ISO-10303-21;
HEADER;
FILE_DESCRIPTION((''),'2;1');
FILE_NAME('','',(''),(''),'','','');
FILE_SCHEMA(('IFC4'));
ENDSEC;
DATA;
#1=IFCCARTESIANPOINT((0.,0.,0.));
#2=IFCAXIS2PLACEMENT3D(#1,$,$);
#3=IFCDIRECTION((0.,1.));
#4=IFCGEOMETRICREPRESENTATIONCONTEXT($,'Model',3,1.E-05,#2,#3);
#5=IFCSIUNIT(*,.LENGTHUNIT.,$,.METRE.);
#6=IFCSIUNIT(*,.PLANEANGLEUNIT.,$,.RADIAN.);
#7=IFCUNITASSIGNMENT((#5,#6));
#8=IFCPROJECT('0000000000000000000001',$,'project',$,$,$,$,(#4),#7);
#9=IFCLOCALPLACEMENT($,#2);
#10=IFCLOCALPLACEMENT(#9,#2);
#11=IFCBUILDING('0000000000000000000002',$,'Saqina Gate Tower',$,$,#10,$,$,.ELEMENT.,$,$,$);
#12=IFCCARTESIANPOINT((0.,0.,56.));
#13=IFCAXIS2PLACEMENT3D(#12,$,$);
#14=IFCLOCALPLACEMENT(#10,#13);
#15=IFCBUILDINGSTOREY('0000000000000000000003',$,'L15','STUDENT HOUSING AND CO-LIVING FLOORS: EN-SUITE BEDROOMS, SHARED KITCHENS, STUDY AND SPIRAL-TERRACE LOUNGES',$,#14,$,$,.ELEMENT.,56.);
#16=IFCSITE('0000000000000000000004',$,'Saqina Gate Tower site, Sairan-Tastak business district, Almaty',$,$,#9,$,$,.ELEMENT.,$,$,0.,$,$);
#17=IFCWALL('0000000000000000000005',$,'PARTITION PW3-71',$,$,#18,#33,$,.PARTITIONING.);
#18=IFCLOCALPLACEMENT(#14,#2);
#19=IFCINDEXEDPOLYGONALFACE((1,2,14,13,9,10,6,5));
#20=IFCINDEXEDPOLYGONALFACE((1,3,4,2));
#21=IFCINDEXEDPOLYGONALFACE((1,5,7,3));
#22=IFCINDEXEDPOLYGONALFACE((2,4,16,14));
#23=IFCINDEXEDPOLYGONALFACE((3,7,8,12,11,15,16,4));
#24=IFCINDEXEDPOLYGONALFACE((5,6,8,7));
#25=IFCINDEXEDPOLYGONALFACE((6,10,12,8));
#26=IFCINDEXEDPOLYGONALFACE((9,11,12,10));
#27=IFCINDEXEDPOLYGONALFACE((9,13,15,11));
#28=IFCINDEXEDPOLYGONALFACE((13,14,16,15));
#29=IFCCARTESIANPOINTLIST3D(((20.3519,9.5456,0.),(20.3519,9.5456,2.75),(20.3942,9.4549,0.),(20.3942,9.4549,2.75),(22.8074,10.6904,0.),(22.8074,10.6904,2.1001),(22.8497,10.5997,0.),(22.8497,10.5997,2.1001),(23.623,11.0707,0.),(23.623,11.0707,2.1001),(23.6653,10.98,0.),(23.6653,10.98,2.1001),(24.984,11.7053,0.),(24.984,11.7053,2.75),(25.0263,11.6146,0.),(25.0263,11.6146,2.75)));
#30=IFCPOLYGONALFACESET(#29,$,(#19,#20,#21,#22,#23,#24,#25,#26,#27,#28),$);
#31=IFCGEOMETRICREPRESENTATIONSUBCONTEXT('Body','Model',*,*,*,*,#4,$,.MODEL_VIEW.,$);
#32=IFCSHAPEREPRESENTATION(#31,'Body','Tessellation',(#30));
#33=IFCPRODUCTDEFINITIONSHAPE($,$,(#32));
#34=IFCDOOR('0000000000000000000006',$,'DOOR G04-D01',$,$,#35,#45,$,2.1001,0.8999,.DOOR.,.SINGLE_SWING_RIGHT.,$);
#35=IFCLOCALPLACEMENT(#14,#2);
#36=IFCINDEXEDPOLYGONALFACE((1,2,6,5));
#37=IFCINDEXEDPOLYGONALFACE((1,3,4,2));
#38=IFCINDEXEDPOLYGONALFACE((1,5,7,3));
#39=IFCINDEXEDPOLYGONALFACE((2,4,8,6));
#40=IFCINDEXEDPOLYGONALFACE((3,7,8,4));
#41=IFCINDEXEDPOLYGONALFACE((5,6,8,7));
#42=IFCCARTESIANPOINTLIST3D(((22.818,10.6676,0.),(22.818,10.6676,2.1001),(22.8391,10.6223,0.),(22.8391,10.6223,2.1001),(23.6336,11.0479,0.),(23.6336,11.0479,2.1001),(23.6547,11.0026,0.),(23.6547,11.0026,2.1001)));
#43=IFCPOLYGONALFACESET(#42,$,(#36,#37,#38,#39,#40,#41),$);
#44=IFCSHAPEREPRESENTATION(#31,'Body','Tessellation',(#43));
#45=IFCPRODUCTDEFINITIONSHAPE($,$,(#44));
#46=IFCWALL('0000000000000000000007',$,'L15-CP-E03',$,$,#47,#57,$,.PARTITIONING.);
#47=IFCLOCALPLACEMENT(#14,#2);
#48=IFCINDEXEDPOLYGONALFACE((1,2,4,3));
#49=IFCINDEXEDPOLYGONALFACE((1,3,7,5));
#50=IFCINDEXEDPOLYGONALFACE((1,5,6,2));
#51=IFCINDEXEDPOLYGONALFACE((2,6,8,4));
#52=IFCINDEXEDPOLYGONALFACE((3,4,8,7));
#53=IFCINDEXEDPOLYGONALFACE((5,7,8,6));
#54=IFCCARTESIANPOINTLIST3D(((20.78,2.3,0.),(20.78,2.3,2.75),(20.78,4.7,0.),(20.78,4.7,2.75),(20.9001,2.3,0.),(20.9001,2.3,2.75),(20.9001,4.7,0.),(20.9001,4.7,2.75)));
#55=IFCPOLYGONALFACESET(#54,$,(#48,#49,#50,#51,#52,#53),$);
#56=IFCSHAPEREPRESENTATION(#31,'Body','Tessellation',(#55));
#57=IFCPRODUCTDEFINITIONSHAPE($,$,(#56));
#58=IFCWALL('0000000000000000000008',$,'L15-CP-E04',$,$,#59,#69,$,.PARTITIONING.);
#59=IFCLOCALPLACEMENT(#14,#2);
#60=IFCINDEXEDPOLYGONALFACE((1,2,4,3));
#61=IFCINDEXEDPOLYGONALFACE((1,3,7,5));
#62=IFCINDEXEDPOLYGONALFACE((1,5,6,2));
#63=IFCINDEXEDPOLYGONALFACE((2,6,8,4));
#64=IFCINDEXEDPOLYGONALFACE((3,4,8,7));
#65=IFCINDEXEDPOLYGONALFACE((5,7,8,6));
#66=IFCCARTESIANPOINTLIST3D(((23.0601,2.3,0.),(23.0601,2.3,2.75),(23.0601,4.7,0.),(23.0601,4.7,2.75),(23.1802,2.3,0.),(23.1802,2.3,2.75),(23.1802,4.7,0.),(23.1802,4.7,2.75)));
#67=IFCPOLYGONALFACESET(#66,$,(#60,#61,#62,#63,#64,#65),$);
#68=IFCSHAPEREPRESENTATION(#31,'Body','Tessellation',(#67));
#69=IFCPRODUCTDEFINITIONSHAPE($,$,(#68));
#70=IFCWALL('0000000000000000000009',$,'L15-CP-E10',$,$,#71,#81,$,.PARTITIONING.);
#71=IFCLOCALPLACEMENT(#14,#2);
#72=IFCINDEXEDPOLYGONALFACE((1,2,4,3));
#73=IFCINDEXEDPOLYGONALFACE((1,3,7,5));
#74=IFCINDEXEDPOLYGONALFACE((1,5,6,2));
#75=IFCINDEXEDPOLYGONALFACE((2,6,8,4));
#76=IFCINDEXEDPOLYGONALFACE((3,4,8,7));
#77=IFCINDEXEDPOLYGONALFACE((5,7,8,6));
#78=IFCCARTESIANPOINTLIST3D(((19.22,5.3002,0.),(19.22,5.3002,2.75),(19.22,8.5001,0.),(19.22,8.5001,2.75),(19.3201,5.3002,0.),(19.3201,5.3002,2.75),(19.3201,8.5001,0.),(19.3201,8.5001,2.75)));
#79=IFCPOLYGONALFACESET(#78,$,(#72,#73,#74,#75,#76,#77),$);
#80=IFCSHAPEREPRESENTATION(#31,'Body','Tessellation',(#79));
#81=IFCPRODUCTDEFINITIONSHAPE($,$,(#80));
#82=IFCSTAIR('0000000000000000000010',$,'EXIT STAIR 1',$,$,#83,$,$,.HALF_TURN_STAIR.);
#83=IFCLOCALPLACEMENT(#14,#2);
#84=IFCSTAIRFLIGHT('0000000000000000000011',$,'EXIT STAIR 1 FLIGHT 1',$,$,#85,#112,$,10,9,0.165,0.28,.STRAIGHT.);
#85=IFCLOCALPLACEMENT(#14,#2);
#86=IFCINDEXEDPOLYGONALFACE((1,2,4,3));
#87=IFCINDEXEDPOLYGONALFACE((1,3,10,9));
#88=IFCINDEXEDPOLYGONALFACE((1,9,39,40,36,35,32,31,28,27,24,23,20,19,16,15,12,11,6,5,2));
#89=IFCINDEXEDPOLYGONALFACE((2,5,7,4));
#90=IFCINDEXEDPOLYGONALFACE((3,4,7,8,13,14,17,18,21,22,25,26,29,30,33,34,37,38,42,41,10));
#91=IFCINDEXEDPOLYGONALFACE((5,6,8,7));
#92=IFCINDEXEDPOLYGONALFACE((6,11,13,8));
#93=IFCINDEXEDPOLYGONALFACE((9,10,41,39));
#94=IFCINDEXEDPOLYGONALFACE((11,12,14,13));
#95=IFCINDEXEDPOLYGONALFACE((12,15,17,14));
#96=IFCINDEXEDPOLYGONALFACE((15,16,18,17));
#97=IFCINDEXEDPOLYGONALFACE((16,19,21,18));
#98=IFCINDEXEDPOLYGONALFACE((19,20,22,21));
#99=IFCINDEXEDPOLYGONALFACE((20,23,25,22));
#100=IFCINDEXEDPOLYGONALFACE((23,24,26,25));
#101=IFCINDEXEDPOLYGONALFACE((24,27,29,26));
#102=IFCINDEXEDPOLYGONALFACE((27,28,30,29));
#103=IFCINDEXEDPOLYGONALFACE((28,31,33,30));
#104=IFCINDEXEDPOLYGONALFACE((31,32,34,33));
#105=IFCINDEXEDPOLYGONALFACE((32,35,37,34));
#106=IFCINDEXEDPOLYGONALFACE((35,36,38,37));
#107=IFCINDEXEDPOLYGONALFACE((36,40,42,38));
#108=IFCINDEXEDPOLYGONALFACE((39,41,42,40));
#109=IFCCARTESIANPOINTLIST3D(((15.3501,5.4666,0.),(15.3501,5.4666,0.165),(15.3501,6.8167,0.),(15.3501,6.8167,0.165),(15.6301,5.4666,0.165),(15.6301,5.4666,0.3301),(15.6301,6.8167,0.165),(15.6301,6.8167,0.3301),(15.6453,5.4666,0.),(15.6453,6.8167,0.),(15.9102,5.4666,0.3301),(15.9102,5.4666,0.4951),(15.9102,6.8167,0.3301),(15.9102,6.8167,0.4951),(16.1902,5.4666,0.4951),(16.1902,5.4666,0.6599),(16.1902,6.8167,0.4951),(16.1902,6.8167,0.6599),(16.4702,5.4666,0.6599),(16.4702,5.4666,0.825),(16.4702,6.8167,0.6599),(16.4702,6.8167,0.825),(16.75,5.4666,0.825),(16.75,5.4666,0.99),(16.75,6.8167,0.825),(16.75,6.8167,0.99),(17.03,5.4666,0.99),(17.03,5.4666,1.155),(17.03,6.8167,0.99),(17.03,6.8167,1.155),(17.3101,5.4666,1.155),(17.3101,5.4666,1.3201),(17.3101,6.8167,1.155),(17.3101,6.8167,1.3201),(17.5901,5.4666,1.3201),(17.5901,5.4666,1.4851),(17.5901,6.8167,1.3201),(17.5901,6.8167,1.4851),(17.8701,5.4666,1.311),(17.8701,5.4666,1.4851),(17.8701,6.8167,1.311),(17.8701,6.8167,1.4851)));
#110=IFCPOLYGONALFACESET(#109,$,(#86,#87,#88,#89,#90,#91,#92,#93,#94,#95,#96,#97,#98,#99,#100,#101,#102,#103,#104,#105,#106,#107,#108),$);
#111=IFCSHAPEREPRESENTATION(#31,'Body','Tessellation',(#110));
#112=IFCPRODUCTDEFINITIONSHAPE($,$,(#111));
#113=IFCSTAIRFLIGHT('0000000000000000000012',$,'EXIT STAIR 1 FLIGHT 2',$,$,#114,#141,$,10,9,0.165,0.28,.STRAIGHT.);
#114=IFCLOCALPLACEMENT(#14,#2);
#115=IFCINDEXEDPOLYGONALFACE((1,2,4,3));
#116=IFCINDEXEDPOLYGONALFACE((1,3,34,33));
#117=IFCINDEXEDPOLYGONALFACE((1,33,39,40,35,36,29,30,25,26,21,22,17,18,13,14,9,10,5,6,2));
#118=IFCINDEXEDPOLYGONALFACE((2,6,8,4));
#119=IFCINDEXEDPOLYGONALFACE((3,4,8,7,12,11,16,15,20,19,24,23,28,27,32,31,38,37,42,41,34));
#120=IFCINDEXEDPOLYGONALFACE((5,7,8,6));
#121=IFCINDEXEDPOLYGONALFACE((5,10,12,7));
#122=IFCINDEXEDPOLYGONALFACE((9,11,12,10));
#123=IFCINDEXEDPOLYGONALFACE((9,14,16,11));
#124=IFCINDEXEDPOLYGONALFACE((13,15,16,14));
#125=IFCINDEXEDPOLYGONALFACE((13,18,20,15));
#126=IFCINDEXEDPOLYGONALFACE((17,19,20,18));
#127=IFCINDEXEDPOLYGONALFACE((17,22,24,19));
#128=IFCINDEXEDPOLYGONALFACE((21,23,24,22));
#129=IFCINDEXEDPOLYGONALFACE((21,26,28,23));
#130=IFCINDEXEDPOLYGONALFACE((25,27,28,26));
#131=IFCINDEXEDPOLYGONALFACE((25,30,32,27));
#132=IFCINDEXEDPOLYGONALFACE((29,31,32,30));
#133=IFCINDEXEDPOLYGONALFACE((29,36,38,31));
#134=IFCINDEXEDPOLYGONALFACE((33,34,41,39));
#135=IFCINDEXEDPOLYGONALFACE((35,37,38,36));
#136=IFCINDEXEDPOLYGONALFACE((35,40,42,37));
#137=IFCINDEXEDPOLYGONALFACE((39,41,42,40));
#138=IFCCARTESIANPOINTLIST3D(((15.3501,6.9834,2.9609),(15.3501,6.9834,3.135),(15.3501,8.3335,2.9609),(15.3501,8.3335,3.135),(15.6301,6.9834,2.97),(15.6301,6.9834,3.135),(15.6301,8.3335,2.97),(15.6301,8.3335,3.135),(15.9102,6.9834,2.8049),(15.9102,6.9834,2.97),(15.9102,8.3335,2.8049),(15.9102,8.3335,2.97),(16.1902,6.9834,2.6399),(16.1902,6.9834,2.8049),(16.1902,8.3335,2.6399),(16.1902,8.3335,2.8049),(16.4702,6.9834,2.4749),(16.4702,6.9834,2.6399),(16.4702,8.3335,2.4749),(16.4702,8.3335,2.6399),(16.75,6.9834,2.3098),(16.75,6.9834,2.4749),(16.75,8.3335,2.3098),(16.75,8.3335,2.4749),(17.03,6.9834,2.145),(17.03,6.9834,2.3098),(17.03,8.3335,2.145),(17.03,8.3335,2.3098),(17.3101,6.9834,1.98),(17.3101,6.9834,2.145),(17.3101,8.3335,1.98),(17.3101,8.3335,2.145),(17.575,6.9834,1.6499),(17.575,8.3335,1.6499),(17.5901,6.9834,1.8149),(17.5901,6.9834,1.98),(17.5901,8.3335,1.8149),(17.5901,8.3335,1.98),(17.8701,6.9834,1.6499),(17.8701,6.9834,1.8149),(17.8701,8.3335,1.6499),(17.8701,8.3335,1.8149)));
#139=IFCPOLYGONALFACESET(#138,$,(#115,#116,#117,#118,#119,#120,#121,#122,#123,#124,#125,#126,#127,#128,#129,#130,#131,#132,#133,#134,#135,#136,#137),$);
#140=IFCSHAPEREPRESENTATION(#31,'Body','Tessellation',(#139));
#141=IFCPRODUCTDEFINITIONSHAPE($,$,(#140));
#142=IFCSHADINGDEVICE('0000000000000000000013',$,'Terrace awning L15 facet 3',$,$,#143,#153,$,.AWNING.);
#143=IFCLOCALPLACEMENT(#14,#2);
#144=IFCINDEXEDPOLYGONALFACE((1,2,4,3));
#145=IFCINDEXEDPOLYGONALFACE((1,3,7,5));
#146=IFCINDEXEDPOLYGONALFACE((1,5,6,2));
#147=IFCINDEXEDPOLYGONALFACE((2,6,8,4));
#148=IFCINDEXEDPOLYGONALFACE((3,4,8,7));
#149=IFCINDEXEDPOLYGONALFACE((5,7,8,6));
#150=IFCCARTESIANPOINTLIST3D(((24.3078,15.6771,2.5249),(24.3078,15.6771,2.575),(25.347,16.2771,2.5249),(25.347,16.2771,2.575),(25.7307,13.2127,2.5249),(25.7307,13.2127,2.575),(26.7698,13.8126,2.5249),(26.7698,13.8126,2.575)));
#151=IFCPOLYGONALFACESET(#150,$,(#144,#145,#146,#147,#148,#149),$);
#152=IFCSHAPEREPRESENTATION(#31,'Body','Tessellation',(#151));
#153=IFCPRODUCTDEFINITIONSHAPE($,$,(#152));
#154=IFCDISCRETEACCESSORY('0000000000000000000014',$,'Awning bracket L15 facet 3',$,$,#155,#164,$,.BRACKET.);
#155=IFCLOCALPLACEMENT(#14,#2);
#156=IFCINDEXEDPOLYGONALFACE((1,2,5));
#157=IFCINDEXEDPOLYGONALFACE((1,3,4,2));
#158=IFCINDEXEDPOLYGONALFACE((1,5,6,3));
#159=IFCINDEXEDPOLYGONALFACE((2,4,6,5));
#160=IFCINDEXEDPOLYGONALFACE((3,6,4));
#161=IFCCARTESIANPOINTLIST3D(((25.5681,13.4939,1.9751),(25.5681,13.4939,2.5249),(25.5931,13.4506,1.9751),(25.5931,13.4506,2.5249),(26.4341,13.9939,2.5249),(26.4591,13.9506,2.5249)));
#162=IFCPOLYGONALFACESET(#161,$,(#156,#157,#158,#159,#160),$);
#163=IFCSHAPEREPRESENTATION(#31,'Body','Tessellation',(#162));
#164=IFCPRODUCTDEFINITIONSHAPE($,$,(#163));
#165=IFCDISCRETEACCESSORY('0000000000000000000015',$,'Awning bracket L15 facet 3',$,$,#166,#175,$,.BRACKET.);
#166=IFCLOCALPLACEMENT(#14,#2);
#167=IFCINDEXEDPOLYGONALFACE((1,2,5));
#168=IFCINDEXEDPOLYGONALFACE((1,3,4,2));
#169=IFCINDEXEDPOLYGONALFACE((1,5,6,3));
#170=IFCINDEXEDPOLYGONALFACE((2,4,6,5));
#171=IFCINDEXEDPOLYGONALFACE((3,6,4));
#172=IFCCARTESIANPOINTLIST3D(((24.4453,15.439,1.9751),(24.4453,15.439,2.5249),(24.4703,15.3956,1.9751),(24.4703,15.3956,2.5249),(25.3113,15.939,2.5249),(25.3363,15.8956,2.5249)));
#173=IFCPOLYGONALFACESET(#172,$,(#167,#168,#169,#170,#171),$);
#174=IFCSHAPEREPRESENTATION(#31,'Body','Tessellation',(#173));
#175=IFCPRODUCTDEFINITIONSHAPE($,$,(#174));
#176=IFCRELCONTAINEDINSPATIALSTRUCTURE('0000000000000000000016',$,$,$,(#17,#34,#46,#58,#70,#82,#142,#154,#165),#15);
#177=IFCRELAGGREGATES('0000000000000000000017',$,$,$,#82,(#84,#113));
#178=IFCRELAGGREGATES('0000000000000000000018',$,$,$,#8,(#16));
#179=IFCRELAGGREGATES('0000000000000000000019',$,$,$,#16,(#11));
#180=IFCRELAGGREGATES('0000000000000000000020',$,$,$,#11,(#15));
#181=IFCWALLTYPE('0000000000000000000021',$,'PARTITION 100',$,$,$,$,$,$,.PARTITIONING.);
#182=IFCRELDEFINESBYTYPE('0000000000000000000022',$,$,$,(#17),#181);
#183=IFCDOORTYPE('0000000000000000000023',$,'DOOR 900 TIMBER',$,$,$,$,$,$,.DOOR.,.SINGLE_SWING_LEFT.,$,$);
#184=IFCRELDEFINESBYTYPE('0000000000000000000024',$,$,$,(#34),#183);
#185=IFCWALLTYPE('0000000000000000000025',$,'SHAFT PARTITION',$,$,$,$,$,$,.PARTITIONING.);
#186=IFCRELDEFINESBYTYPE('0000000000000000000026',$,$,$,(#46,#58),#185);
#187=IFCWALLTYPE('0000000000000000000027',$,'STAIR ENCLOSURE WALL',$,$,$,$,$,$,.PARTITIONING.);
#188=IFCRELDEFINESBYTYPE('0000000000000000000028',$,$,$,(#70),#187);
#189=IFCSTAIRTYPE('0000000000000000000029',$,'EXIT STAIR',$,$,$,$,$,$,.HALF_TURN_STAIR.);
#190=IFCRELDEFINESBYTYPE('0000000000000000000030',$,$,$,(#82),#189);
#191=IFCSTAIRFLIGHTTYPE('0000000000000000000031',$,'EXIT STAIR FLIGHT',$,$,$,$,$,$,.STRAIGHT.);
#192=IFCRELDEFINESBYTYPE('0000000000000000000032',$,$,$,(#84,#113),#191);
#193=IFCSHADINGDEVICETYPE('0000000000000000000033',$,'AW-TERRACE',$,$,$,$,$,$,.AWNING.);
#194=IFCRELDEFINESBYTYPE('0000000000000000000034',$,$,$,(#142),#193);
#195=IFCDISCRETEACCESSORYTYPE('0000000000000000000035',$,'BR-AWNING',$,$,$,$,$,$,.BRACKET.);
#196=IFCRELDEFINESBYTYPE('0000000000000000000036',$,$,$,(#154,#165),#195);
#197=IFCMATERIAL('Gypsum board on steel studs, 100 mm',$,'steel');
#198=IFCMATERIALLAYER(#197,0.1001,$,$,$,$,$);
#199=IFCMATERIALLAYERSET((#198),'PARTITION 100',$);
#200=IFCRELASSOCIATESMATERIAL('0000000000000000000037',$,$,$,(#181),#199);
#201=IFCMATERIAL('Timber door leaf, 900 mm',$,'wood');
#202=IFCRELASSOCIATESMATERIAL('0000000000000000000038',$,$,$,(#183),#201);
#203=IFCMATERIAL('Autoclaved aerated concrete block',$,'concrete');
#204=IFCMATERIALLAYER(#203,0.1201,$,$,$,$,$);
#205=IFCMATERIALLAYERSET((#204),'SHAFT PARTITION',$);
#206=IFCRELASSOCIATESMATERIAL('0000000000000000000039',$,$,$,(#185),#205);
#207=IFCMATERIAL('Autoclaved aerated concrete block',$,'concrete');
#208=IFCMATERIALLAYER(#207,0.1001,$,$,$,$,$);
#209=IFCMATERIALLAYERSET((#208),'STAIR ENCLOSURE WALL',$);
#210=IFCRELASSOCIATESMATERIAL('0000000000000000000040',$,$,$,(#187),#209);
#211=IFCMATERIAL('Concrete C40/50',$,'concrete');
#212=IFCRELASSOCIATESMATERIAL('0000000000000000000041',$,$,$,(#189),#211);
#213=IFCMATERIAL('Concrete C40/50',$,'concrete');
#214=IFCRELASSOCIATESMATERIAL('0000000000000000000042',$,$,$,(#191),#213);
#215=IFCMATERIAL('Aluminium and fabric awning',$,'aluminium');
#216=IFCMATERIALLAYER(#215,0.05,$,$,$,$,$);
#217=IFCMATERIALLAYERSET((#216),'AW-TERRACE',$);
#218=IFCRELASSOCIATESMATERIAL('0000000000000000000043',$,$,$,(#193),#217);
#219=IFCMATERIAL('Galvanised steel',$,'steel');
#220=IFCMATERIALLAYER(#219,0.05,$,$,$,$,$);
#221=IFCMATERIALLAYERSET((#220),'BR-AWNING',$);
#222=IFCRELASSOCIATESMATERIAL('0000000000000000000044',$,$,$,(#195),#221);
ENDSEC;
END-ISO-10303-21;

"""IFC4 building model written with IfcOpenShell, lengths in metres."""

from ifc_helpers import new_model, si_unit, direction, frame, frame_2d, origin, origin_2d, place, context, subcontext, project, spatial, polyline, rectangle, outline, extrude, material, layer, layer_set, type_object, element, fill, aggregate, save


model = new_model("IFC4")

# Units and contexts
model_context = context("Model", 3, precision=1e-05, world=origin(), true_north=direction((0.0, 1.0)))
body_context = subcontext(model_context, "Body", "Model", "MODEL_VIEW")
ifc_project = project(units=[si_unit("LENGTHUNIT", "METRE"), si_unit("PLANEANGLEUNIT", "RADIAN")], contexts=[model_context])

# Site, building, storey
site_placement = place(None, origin())
site = spatial("IfcSite", under=ifc_project, at=site_placement, Name="Saqina Gate Tower site, Sairan-Tastak business district, Almaty", CompositionType="ELEMENT", RefElevation=0.0)
building_placement = place(site_placement, origin())
building = spatial("IfcBuilding", under=site, at=building_placement, Name="Saqina Gate Tower", CompositionType="ELEMENT")
storey_placement = place(building_placement, frame((0.0, 0.0, 56.0)))
storey = spatial("IfcBuildingStorey", under=building, at=storey_placement, Name="L15", Description="STUDENT HOUSING AND CO-LIVING FLOORS: EN-SUITE BEDROOMS, SHARED KITCHENS, STUDY AND SPIRAL-TERRACE LOUNGES", CompositionType="ELEMENT", Elevation=56.0)

# Wall, opening, door
ifc_material_1 = material(Name="Gypsum board on steel studs, 100 mm", Category="steel")
ifc_layer_1 = layer(ifc_material_1, 0.1001)
ifc_layer_set_1 = layer_set([ifc_layer_1], Name="PARTITION 100")
wall_type_1 = type_object("IfcWallType", Name="PARTITION 100", PredefinedType="PARTITIONING", material=ifc_layer_set_1)
wall_1_placement = place(storey_placement, frame((20.373, 9.5002, 0.0), z_axis=(0.0, 0.0, 1.0), x_axis=(0.906331, 0.422569, 0.0)))
wall_1 = element("IfcWall", 1, at=wall_1_placement, inside=storey, type_object=wall_type_1, Name="PARTITION PW3-71", PredefinedType="PARTITIONING", context=body_context, shape_type="SweptSolid", body=[
    extrude(rectangle(XDim=5.1108, YDim=0.1001, at=frame_2d((2.5554, 0.0))), origin(), (0.0, 0.0, 1.0), 2.75),
])
opening_1_placement = place(wall_1_placement, frame((2.7092, 0.0, 0.0)))
opening_1 = element("IfcOpeningElement", 2, at=opening_1_placement, cuts=wall_1, PredefinedType="OPENING", context=body_context, shape_type="SweptSolid", body=[
    extrude(rectangle(XDim=0.8999, YDim=2.1001, at=frame_2d((0.45, 1.05))), frame((0.0, 0.062, 0.0), z_axis=(0.0, -1.0, 0.0), x_axis=(1.0, 0.0, 0.0)), (0.0, 0.0, 1.0), 0.124),
])
ifc_material_2 = material(Name="Timber door leaf, 900 mm", Category="wood")
door_type_1 = type_object("IfcDoorType", Name="DOOR 900 TIMBER", OperationType="SINGLE_SWING_LEFT", PredefinedType="DOOR", material=ifc_material_2)
door_1_placement = place(opening_1_placement, origin())
door_1 = element("IfcDoor", 3, at=door_1_placement, inside=storey, type_object=door_type_1, Name="DOOR G04-D01", OperationType="SINGLE_SWING_RIGHT", OverallHeight=2.1001, OverallWidth=0.8999, PredefinedType="DOOR", context=body_context, shape_type="SweptSolid", body=[
    extrude(rectangle(XDim=0.8999, YDim=2.1001, at=frame_2d((0.45, 1.05))), frame((0.0, 0.0249, 0.0), z_axis=(0.0, -1.0, 0.0), x_axis=(1.0, 0.0, 0.0)), (0.0, 0.0, 1.0), 0.05),
])
fill(opening_1, door_1)

# Walls
ifc_material_3 = material(Name="Autoclaved aerated concrete block", Category="concrete")
ifc_layer_2 = layer(ifc_material_3, 0.1201)
ifc_layer_set_2 = layer_set([ifc_layer_2], Name="SHAFT PARTITION")
wall_type_2 = type_object("IfcWallType", Name="SHAFT PARTITION", PredefinedType="PARTITIONING", material=ifc_layer_set_2)
for number, where, z_axis, x_axis, name in (
    (4, (20.8401, 2.3, 0.0), (0.0, 0.0, 1.0), (0.0, 1.0, 0.0), "L15-CP-E03"),
    (5, (23.1201, 2.3, 0.0), (0.0, 0.0, 1.0), (0.0, 1.0, 0.0), "L15-CP-E04"),
):
    element("IfcWall", number, at=place(storey_placement, frame(where, z_axis=z_axis, x_axis=x_axis)), inside=storey, type_object=wall_type_2, Name=name, PredefinedType="PARTITIONING", context=body_context, shape_type="SweptSolid", body=[
        extrude(rectangle(XDim=2.3999, YDim=0.1201, at=frame_2d((1.2, 0.0))), origin(), (0.0, 0.0, 1.0), 2.75),
    ])
ifc_material_4 = material(Name="Autoclaved aerated concrete block", Category="concrete")
ifc_layer_3 = layer(ifc_material_4, 0.1001)
ifc_layer_set_3 = layer_set([ifc_layer_3], Name="STAIR ENCLOSURE WALL")
wall_type_3 = type_object("IfcWallType", Name="STAIR ENCLOSURE WALL", PredefinedType="PARTITIONING", material=ifc_layer_set_3)
wall_2_placement = place(storey_placement, frame((19.27, 5.3, 0.0), z_axis=(0.0, 0.0, 1.0), x_axis=(0.0, 1.0, 0.0)))
element("IfcWall", 6, at=wall_2_placement, inside=storey, type_object=wall_type_3, Name="L15-CP-E10", PredefinedType="PARTITIONING", context=body_context, shape_type="SweptSolid", body=[
    extrude(rectangle(XDim=3.2, YDim=0.1001, at=frame_2d((1.6001, 0.0))), origin(), (0.0, 0.0, 1.0), 2.75),
])

# Stair, stair flights
ifc_material_5 = material(Name="Concrete C40/50", Category="concrete")
stair_type = type_object("IfcStairType", Name="EXIT STAIR", PredefinedType="HALF_TURN_STAIR", material=ifc_material_5)
stair_placement = place(storey_placement, origin())
stair = element("IfcStair", 7, at=stair_placement, inside=storey, type_object=stair_type, Name="EXIT STAIR 1", PredefinedType="HALF_TURN_STAIR")
ifc_material_6 = material(Name="Concrete C40/50", Category="concrete")
stair_flight_type = type_object("IfcStairFlightType", Name="EXIT STAIR FLIGHT", PredefinedType="STRAIGHT", material=ifc_material_6)
stair_flight_1_placement = place(storey_placement, frame((15.3501, 6.1416, 0.0), z_axis=(0.0, 0.0, 1.0), x_axis=(1.0, 0.0, 0.0)))
stair_flight_1 = element("IfcStairFlight", 8, at=stair_flight_1_placement, type_object=stair_flight_type, Name="EXIT STAIR 1 FLIGHT 1", NumberOfRisers=10, NumberOfTreads=9, PredefinedType="STRAIGHT", RiserHeight=0.165, TreadLength=0.28, context=body_context, shape_type="SweptSolid", body=[
    extrude(outline(polyline([(0.0, 0.0), (0.0, 0.165), (0.28, 0.165), (0.28, 0.3301), (0.5601, 0.3301), (0.5601, 0.4951), (0.8401, 0.4951), (0.8401, 0.6599), (1.1201, 0.6599), (1.1201, 0.825), (1.3999, 0.825), (1.3999, 0.99), (1.6799, 0.99), (1.6799, 1.155), (1.96, 1.155), (1.96, 1.3201), (2.24, 1.3201), (2.24, 1.4851), (2.52, 1.4851), (2.52, 1.6499), (2.52, 1.311), (0.2952, 0.0), (0.0, 0.0)])), frame((0.0, 0.675, 0.0), z_axis=(0.0, -1.0, 0.0), x_axis=(1.0, 0.0, 0.0)), (0.0, 0.0, 1.0), 1.3501),
])
stair_flight_2_placement = place(storey_placement, frame((17.8701, 7.6584, 1.6499), z_axis=(0.0, 0.0, 1.0), x_axis=(-1.0, 0.0, 0.0)))
stair_flight_2 = element("IfcStairFlight", 9, at=stair_flight_2_placement, type_object=stair_flight_type, Name="EXIT STAIR 1 FLIGHT 2", NumberOfRisers=10, NumberOfTreads=9, PredefinedType="STRAIGHT", RiserHeight=0.165, TreadLength=0.28, context=body_context, shape_type="SweptSolid", body=[
    extrude(outline(polyline([(0.0, 0.0), (0.0, 0.165), (0.28, 0.165), (0.28, 0.3301), (0.5601, 0.3301), (0.5601, 0.4951), (0.8401, 0.4951), (0.8401, 0.6599), (1.1201, 0.6599), (1.1201, 0.825), (1.3999, 0.825), (1.3999, 0.99), (1.6799, 0.99), (1.6799, 1.155), (1.96, 1.155), (1.96, 1.3201), (2.24, 1.3201), (2.24, 1.4851), (2.52, 1.4851), (2.52, 1.6499), (2.52, 1.311), (0.2952, 0.0), (0.0, 0.0)])), frame((0.0, 0.675, 0.0), z_axis=(0.0, -1.0, 0.0), x_axis=(1.0, 0.0, 0.0)), (0.0, 0.0, 1.0), 1.3501),
])
aggregate(stair, [stair_flight_1, stair_flight_2])

# Shading device
ifc_material_7 = material(Name="Aluminium and fabric awning", Category="aluminium")
ifc_layer_4 = layer(ifc_material_7, 0.05)
ifc_layer_set_4 = layer_set([ifc_layer_4], Name="AW-TERRACE")
shading_device_type = type_object("IfcShadingDeviceType", Name="AW-TERRACE", PredefinedType="AWNING", material=ifc_layer_set_4)
shading_device_placement = place(storey_placement, frame((25.5388, 14.7449, 2.5249), z_axis=(0.0, 0.0, 1.0), x_axis=(-0.5, 0.866025, 0.0)))
element("IfcShadingDevice", 10, at=shading_device_placement, inside=storey, type_object=shading_device_type, Name="Terrace awning L15 facet 3", PredefinedType="AWNING", context=body_context, shape_type="SweptSolid", body=[
    extrude(rectangle(XDim=2.8457, YDim=1.2, at=origin_2d()), origin(), (0.0, 0.0, 1.0), 0.05),
])

# Discrete accessories
ifc_material_8 = material(Name="Galvanised steel", Category="steel")
ifc_layer_5 = layer(ifc_material_8, 0.05)
ifc_layer_set_5 = layer_set([ifc_layer_5], Name="BR-AWNING")
discrete_accessory_type_1 = type_object("IfcDiscreteAccessoryType", Name="BR-AWNING", PredefinedType="BRACKET", material=ifc_layer_set_5)
for number, where, z_axis, x_axis, name in (
    (11, (25.5681, 13.4939, 1.9751), (-0.500025, 0.866011, 0.0), (0.0, 0.0, 1.0), "Awning bracket L15 facet 3"),
    (12, (24.4453, 15.439, 1.9751), (-0.500025, 0.866011, 0.0), (0.0, 0.0, 1.0), "Awning bracket L15 facet 3"),
):
    element("IfcDiscreteAccessory", number, at=place(storey_placement, frame(where, z_axis=z_axis, x_axis=x_axis)), inside=storey, type_object=discrete_accessory_type_1, Name=name, PredefinedType="BRACKET", context=body_context, shape_type="SweptSolid", body=[
        extrude(outline(polyline([(0.0, 0.0), (0.5498, 0.0), (0.5498, 0.9999), (0.0, 0.0)])), origin(), (0.0, 0.0, -1.0), 0.05),
    ])

save(model, "model.ifc")
